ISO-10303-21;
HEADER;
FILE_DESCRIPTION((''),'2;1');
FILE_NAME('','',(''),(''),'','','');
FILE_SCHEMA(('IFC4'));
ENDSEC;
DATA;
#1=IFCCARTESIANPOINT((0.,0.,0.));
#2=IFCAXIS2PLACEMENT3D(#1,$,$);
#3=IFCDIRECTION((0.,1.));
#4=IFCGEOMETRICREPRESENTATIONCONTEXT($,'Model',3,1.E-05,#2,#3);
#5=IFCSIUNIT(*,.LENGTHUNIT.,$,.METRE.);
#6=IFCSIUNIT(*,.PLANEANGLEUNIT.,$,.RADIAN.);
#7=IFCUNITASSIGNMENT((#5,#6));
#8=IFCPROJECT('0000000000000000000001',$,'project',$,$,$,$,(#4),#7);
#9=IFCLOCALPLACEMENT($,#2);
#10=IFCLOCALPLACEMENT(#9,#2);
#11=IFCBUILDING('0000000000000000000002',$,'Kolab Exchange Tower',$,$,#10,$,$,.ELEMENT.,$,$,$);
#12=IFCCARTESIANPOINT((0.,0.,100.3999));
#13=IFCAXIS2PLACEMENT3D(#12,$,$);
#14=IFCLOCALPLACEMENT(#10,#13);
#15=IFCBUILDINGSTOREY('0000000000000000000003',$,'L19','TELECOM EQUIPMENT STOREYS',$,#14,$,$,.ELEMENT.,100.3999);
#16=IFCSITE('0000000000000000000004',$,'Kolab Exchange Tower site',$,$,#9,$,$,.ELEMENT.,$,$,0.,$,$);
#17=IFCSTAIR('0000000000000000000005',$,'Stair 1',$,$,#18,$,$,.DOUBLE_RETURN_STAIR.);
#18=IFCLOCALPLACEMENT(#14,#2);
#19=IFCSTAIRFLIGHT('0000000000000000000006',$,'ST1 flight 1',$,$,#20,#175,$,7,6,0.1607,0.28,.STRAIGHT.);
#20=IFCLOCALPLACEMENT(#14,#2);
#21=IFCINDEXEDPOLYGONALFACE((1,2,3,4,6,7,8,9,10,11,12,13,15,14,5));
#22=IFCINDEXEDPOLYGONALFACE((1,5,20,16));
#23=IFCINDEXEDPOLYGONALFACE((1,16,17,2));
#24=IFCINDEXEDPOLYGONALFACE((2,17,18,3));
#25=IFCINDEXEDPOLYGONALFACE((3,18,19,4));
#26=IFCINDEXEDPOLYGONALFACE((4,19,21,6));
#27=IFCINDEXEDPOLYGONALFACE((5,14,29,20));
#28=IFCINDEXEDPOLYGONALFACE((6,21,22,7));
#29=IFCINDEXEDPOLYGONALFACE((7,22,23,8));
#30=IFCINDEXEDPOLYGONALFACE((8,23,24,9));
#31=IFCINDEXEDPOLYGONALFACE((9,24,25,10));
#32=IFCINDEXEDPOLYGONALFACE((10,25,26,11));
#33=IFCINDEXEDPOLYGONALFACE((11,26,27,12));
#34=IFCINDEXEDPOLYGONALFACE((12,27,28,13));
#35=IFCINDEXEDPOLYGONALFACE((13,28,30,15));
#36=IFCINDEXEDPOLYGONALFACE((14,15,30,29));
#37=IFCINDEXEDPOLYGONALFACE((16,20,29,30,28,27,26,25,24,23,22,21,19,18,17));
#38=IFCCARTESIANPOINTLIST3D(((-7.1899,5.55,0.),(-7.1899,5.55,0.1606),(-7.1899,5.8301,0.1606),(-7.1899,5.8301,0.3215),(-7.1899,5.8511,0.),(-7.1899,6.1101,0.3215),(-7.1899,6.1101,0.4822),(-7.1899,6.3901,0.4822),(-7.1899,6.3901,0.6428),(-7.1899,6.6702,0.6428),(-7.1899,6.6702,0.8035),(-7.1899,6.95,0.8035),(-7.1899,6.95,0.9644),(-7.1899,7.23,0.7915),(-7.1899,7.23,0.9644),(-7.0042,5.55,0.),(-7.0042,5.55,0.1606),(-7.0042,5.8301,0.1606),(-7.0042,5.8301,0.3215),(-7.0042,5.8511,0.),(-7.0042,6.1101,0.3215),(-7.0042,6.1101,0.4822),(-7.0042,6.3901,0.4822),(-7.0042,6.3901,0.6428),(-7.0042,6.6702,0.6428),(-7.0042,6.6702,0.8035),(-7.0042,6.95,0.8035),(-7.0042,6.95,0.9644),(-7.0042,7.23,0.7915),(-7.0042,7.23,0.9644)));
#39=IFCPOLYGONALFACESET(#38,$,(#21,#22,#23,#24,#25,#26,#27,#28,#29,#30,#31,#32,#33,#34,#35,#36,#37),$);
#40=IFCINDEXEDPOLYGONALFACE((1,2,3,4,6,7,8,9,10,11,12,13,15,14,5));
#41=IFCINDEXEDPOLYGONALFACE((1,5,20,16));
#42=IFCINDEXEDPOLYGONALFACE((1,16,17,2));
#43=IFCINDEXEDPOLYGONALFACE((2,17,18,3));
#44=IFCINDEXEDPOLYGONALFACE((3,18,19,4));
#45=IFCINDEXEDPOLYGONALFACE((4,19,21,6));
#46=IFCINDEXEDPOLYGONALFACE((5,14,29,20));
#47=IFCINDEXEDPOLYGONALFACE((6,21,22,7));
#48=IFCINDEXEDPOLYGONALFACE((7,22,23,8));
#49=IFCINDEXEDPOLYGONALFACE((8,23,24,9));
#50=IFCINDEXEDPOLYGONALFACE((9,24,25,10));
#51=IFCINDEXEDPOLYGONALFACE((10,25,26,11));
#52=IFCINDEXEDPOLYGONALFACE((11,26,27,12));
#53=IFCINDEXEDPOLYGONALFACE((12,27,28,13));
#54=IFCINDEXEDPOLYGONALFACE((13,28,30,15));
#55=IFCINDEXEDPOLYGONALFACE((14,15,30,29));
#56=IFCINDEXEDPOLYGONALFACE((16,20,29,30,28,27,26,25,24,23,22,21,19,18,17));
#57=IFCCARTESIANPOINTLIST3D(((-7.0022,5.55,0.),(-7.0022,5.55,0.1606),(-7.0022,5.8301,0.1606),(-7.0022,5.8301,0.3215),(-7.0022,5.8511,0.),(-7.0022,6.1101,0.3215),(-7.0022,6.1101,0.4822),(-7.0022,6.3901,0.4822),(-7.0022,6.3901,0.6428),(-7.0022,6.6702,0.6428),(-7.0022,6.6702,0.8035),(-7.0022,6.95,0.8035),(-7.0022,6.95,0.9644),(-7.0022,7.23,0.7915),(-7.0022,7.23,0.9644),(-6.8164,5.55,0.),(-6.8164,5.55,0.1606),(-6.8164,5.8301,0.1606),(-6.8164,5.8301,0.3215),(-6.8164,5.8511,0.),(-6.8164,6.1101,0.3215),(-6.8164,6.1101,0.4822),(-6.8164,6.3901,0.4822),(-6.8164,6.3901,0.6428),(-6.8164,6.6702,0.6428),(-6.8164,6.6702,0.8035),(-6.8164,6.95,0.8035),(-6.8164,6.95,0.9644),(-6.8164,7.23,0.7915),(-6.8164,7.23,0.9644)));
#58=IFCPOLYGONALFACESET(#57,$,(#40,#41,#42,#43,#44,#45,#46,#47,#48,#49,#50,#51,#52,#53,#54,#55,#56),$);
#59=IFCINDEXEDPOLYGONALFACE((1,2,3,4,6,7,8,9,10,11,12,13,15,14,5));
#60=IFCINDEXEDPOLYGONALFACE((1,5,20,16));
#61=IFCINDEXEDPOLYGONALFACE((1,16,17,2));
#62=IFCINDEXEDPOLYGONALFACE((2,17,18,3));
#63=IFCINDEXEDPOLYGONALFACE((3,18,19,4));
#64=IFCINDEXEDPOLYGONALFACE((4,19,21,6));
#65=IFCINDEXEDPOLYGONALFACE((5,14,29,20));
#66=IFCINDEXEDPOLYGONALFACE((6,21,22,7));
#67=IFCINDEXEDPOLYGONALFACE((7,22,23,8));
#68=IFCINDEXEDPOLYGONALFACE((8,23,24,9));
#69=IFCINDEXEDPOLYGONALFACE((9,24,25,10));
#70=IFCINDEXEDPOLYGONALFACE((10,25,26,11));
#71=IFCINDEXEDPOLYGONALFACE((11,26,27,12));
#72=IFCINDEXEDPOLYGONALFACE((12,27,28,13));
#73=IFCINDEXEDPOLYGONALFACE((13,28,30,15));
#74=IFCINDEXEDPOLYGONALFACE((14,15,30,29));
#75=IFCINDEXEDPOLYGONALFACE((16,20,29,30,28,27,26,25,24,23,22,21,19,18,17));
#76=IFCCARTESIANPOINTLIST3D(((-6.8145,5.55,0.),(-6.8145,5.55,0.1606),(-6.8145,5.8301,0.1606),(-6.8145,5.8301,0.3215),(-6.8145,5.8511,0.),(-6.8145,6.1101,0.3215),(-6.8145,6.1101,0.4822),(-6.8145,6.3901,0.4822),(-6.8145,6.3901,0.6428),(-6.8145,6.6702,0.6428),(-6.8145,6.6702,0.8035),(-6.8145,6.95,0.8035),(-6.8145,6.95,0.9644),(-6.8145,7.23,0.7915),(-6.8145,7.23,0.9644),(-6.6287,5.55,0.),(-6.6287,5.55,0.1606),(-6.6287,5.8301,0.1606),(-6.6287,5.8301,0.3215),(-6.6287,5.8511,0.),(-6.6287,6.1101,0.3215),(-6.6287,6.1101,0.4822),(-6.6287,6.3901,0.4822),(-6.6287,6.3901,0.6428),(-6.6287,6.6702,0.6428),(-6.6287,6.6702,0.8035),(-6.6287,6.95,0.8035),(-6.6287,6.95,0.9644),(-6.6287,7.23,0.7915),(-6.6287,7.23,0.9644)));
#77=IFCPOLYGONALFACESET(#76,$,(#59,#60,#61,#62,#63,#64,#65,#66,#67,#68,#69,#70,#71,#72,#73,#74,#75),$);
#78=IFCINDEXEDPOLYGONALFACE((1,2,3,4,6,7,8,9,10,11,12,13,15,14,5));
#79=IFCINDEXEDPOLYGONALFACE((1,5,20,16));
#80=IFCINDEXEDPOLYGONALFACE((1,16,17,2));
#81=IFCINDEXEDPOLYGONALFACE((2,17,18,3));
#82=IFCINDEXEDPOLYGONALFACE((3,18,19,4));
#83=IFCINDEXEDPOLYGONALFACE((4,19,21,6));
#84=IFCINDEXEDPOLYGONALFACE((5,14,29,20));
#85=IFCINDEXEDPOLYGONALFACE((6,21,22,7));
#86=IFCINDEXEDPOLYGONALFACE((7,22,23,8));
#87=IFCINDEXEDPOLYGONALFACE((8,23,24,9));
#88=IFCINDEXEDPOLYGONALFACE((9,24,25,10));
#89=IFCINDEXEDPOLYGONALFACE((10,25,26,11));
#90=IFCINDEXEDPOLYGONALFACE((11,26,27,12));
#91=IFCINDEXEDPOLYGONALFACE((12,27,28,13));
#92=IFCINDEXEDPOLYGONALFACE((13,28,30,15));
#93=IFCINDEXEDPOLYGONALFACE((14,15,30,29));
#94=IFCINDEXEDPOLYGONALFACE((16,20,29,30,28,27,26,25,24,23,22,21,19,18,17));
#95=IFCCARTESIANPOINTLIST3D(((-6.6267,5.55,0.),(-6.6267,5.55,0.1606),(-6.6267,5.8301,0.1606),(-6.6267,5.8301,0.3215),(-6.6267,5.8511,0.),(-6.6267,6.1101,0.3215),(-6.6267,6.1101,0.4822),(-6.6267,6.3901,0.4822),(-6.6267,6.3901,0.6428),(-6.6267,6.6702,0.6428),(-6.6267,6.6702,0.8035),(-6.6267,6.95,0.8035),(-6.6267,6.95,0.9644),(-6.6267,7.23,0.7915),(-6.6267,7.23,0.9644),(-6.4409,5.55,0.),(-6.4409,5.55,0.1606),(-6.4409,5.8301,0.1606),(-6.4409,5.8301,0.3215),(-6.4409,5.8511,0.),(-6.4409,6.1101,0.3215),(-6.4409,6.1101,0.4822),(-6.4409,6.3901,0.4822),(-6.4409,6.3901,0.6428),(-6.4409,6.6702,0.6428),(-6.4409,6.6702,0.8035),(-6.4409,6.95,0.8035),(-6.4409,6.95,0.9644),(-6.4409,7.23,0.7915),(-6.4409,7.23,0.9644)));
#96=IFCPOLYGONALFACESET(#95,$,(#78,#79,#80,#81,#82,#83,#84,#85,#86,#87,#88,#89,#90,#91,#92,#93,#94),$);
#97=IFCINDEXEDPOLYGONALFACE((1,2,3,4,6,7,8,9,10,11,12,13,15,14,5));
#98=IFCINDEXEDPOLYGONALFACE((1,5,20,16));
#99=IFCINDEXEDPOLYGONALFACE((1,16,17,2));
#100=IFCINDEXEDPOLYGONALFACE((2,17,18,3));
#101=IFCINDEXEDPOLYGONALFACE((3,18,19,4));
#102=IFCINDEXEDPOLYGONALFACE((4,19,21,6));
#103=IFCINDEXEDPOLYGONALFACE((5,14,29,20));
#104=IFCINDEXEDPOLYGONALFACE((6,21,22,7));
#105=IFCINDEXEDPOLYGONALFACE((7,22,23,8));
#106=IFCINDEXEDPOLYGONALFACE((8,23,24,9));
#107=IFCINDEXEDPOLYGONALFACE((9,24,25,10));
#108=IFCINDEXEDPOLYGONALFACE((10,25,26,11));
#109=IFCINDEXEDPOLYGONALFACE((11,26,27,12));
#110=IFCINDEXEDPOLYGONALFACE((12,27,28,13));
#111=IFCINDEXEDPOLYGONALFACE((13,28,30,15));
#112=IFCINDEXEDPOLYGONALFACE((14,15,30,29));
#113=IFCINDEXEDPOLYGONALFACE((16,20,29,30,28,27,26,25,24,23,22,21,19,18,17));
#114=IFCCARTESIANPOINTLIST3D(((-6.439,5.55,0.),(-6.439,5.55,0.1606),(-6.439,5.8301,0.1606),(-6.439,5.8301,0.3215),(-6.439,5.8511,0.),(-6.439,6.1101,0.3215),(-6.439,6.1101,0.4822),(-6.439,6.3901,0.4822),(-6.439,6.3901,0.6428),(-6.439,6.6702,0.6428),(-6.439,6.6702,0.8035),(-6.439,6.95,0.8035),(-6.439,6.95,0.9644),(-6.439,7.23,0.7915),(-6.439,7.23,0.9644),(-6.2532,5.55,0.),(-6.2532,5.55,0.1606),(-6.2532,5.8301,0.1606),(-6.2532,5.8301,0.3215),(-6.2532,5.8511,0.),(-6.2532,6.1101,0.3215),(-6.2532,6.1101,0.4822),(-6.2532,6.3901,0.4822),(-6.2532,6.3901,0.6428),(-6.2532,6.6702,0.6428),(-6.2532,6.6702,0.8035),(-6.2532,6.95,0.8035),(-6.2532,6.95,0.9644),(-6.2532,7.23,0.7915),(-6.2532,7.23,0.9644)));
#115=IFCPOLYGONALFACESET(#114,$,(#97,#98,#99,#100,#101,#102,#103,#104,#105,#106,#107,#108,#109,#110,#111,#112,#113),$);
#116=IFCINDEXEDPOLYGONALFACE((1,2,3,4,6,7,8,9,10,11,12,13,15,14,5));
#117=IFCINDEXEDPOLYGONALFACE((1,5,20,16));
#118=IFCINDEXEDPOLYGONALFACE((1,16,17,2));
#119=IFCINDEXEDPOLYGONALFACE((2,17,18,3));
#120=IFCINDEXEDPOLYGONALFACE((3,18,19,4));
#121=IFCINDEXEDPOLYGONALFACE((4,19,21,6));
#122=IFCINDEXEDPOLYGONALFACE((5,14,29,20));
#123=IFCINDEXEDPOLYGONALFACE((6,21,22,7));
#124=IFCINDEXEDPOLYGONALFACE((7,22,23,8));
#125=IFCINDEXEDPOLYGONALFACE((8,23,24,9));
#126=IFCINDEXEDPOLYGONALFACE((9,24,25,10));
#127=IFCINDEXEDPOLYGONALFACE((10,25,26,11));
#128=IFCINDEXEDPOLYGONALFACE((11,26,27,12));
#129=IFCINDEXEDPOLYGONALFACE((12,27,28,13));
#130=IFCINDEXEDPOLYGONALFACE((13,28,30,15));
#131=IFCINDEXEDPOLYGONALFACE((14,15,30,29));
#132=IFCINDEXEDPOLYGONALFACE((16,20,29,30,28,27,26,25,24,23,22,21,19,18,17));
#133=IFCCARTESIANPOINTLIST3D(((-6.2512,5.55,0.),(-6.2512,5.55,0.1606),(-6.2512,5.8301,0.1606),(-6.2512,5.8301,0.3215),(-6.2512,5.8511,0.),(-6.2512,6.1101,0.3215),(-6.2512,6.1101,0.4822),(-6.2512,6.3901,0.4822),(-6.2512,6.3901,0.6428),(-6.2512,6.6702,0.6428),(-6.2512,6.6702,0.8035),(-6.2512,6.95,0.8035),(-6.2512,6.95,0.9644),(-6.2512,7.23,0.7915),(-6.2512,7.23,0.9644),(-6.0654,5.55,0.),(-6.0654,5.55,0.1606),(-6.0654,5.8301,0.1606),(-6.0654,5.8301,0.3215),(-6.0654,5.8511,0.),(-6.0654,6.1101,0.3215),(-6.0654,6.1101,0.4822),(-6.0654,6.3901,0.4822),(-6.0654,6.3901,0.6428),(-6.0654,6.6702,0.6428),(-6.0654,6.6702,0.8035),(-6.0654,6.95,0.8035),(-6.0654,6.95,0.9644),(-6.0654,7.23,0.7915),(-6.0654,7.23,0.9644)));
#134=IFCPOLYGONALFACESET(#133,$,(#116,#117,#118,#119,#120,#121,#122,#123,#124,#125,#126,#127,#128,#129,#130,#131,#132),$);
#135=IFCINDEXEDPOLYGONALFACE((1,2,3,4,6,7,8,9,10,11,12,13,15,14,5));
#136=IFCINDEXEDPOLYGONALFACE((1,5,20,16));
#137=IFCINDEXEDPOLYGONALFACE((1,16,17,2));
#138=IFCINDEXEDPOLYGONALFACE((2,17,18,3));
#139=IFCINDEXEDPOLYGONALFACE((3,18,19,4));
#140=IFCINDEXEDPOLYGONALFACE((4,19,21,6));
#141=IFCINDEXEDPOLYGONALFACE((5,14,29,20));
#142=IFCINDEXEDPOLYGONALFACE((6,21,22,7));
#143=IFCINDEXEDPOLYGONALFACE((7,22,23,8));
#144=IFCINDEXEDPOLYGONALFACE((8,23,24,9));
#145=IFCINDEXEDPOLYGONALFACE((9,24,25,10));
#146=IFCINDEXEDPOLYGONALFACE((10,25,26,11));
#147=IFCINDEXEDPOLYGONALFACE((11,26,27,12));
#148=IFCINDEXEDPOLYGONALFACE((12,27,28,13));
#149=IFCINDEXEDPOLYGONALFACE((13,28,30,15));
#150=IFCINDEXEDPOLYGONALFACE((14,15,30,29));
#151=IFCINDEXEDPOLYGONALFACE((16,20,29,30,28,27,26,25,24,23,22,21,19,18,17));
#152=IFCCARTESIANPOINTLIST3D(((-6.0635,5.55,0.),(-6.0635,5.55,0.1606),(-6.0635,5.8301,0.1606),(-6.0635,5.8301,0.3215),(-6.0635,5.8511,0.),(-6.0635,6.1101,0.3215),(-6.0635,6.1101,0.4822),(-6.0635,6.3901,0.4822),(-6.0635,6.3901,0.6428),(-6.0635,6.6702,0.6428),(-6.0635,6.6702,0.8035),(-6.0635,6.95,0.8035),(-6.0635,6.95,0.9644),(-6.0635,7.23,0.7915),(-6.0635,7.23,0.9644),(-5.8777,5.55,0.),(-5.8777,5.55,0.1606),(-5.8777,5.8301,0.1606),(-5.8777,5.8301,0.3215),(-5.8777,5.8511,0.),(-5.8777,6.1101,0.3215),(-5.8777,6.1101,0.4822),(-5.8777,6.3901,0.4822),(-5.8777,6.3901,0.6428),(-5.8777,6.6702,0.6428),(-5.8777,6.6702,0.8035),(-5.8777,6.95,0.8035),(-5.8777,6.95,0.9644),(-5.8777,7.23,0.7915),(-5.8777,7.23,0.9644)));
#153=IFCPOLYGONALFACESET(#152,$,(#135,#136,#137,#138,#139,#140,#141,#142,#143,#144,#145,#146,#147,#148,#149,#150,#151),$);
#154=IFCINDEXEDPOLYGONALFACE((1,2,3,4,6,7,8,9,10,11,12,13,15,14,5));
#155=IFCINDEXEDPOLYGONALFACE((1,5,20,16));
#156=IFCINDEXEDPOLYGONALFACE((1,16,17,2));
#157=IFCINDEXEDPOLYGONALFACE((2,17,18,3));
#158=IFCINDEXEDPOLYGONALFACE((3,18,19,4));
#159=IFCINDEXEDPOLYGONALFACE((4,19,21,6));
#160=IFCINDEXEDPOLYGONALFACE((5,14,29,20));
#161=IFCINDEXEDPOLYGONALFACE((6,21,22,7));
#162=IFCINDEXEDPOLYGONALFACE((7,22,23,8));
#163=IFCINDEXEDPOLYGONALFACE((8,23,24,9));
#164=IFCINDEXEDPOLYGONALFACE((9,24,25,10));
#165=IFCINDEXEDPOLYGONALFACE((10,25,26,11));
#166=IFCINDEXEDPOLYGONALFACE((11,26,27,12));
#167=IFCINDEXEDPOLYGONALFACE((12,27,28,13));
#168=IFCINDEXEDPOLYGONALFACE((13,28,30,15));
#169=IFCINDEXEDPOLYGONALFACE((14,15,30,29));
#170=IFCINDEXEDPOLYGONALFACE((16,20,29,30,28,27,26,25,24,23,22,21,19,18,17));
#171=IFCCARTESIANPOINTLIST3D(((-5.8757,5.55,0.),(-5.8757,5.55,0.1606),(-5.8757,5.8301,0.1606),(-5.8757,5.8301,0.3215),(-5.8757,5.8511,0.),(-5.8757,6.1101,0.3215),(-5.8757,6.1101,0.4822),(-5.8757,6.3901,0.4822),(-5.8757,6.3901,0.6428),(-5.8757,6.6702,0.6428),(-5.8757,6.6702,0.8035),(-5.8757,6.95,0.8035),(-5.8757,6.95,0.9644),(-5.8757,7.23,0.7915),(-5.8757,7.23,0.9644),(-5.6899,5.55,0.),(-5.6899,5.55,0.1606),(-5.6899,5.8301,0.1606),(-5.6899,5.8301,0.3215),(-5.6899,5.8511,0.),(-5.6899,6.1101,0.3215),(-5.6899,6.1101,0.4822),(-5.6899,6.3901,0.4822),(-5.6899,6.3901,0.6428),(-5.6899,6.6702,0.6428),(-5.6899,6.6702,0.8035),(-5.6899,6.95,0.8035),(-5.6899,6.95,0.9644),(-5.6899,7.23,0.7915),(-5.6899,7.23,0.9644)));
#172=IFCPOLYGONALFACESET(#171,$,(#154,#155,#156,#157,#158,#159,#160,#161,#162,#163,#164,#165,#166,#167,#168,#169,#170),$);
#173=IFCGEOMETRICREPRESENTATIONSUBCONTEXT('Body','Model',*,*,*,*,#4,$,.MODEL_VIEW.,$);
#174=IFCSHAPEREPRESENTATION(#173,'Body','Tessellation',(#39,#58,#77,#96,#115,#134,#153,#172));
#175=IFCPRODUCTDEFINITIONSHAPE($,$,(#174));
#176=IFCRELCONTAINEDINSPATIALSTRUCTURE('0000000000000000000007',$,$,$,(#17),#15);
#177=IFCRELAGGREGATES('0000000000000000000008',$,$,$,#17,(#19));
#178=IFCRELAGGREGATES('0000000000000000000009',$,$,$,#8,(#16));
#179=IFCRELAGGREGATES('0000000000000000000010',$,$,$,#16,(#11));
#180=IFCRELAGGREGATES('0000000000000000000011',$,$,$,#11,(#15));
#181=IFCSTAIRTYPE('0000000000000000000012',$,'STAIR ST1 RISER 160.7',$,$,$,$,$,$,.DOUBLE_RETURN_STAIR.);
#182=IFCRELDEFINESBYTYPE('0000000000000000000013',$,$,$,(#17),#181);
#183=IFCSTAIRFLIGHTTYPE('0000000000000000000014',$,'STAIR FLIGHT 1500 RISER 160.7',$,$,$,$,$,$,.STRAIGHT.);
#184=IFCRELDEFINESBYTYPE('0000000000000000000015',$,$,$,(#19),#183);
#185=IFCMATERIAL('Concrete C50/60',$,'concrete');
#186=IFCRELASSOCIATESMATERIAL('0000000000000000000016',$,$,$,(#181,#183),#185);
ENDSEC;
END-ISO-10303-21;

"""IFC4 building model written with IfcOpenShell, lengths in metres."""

from ifc_helpers import new_model, si_unit, direction, frame, origin, place, context, subcontext, project, spatial, polyline, outline, extrude, material, type_object, element, aggregate, save


model = new_model("IFC4")

# Units and contexts
model_context = context("Model", 3, precision=1e-05, world=origin(), true_north=direction((0.0, 1.0)))
body_context = subcontext(model_context, "Body", "Model", "MODEL_VIEW")
ifc_project = project(units=[si_unit("LENGTHUNIT", "METRE"), si_unit("PLANEANGLEUNIT", "RADIAN")], contexts=[model_context])

# Site, building, storey
site_placement = place(None, origin())
site = spatial("IfcSite", under=ifc_project, at=site_placement, Name="Kolab Exchange Tower site", CompositionType="ELEMENT", RefElevation=0.0)
building_placement = place(site_placement, origin())
building = spatial("IfcBuilding", under=site, at=building_placement, Name="Kolab Exchange Tower", CompositionType="ELEMENT")
storey_placement = place(building_placement, frame((0.0, 0.0, 100.3999)))
storey = spatial("IfcBuildingStorey", under=building, at=storey_placement, Name="L19", Description="TELECOM EQUIPMENT STOREYS", CompositionType="ELEMENT", Elevation=100.3999)

# Shared definitions
ifc_material_1 = material(Name="Concrete C50/60", Category="concrete")

# Stair, stair flight
stair_type = type_object("IfcStairType", Name="STAIR ST1 RISER 160.7", PredefinedType="DOUBLE_RETURN_STAIR", material=ifc_material_1)
stair_placement = place(storey_placement, origin())
stair = element("IfcStair", 1, at=stair_placement, inside=storey, type_object=stair_type, Name="Stair 1", PredefinedType="DOUBLE_RETURN_STAIR")
stair_flight_type = type_object("IfcStairFlightType", Name="STAIR FLIGHT 1500 RISER 160.7", PredefinedType="STRAIGHT", material=ifc_material_1)
stair_flight_1_placement = place(storey_placement, frame((-6.4399, 5.55, 0.0), z_axis=(0.0, 0.0, 1.0), x_axis=(0.0, 1.0, 0.0)))
stair_flight_1 = element("IfcStairFlight", 2, at=stair_flight_1_placement, type_object=stair_flight_type, Name="ST1 flight 1", NumberOfRisers=7, NumberOfTreads=6, PredefinedType="STRAIGHT", RiserHeight=0.1607, TreadLength=0.28, context=body_context, shape_type="SweptSolid", body=[
    extrude(outline(polyline([(0.0, 0.0), (0.0, 0.1606), (0.28, 0.1606), (0.28, 0.3215), (0.5601, 0.3215), (0.5601, 0.4822), (0.8401, 0.4822), (0.8401, 0.6428), (1.1201, 0.6428), (1.1201, 0.8035), (1.3999, 0.8035), (1.3999, 0.9644), (1.6799, 0.9644), (1.6799, 1.125), (1.6799, 0.7915), (0.301, 0.0), (0.0, 0.0)])), frame((0.0, 0.75, 0.0), z_axis=(0.0, -1.0, 0.0), x_axis=(1.0, 0.0, 0.0)), (0.0, 0.0, 1.0), 0.1858),
    extrude(outline(polyline([(0.0, 0.0), (0.0, 0.1606), (0.28, 0.1606), (0.28, 0.3215), (0.5601, 0.3215), (0.5601, 0.4822), (0.8401, 0.4822), (0.8401, 0.6428), (1.1201, 0.6428), (1.1201, 0.8035), (1.3999, 0.8035), (1.3999, 0.9644), (1.6799, 0.9644), (1.6799, 1.125), (1.6799, 0.7915), (0.301, 0.0), (0.0, 0.0)])), frame((0.0, 0.5623, 0.0), z_axis=(0.0, -1.0, 0.0), x_axis=(1.0, 0.0, 0.0)), (0.0, 0.0, 1.0), 0.1858),
    extrude(outline(polyline([(0.0, 0.0), (0.0, 0.1606), (0.28, 0.1606), (0.28, 0.3215), (0.5601, 0.3215), (0.5601, 0.4822), (0.8401, 0.4822), (0.8401, 0.6428), (1.1201, 0.6428), (1.1201, 0.8035), (1.3999, 0.8035), (1.3999, 0.9644), (1.6799, 0.9644), (1.6799, 1.125), (1.6799, 0.7915), (0.301, 0.0), (0.0, 0.0)])), frame((0.0, 0.3745, 0.0), z_axis=(0.0, -1.0, 0.0), x_axis=(1.0, 0.0, 0.0)), (0.0, 0.0, 1.0), 0.1858),
    extrude(outline(polyline([(0.0, 0.0), (0.0, 0.1606), (0.28, 0.1606), (0.28, 0.3215), (0.5601, 0.3215), (0.5601, 0.4822), (0.8401, 0.4822), (0.8401, 0.6428), (1.1201, 0.6428), (1.1201, 0.8035), (1.3999, 0.8035), (1.3999, 0.9644), (1.6799, 0.9644), (1.6799, 1.125), (1.6799, 0.7915), (0.301, 0.0), (0.0, 0.0)])), frame((0.0, 0.1868, 0.0), z_axis=(0.0, -1.0, 0.0), x_axis=(1.0, 0.0, 0.0)), (0.0, 0.0, 1.0), 0.1858),
    extrude(outline(polyline([(0.0, 0.0), (0.0, 0.1606), (0.28, 0.1606), (0.28, 0.3215), (0.5601, 0.3215), (0.5601, 0.4822), (0.8401, 0.4822), (0.8401, 0.6428), (1.1201, 0.6428), (1.1201, 0.8035), (1.3999, 0.8035), (1.3999, 0.9644), (1.6799, 0.9644), (1.6799, 1.125), (1.6799, 0.7915), (0.301, 0.0), (0.0, 0.0)])), frame((0.0, -0.001, 0.0), z_axis=(0.0, -1.0, 0.0), x_axis=(1.0, 0.0, 0.0)), (0.0, 0.0, 1.0), 0.1858),
    extrude(outline(polyline([(0.0, 0.0), (0.0, 0.1606), (0.28, 0.1606), (0.28, 0.3215), (0.5601, 0.3215), (0.5601, 0.4822), (0.8401, 0.4822), (0.8401, 0.6428), (1.1201, 0.6428), (1.1201, 0.8035), (1.3999, 0.8035), (1.3999, 0.9644), (1.6799, 0.9644), (1.6799, 1.125), (1.6799, 0.7915), (0.301, 0.0), (0.0, 0.0)])), frame((0.0, -0.1887, 0.0), z_axis=(0.0, -1.0, 0.0), x_axis=(1.0, 0.0, 0.0)), (0.0, 0.0, 1.0), 0.1858),
    extrude(outline(polyline([(0.0, 0.0), (0.0, 0.1606), (0.28, 0.1606), (0.28, 0.3215), (0.5601, 0.3215), (0.5601, 0.4822), (0.8401, 0.4822), (0.8401, 0.6428), (1.1201, 0.6428), (1.1201, 0.8035), (1.3999, 0.8035), (1.3999, 0.9644), (1.6799, 0.9644), (1.6799, 1.125), (1.6799, 0.7915), (0.301, 0.0), (0.0, 0.0)])), frame((0.0, -0.3765, 0.0), z_axis=(0.0, -1.0, 0.0), x_axis=(1.0, 0.0, 0.0)), (0.0, 0.0, 1.0), 0.1858),
    extrude(outline(polyline([(0.0, 0.0), (0.0, 0.1606), (0.28, 0.1606), (0.28, 0.3215), (0.5601, 0.3215), (0.5601, 0.4822), (0.8401, 0.4822), (0.8401, 0.6428), (1.1201, 0.6428), (1.1201, 0.8035), (1.3999, 0.8035), (1.3999, 0.9644), (1.6799, 0.9644), (1.6799, 1.125), (1.6799, 0.7915), (0.301, 0.0), (0.0, 0.0)])), frame((0.0, -0.5642, 0.0), z_axis=(0.0, -1.0, 0.0), x_axis=(1.0, 0.0, 0.0)), (0.0, 0.0, 1.0), 0.1858),
])
aggregate(stair, [stair_flight_1])

save(model, "model.ifc")
